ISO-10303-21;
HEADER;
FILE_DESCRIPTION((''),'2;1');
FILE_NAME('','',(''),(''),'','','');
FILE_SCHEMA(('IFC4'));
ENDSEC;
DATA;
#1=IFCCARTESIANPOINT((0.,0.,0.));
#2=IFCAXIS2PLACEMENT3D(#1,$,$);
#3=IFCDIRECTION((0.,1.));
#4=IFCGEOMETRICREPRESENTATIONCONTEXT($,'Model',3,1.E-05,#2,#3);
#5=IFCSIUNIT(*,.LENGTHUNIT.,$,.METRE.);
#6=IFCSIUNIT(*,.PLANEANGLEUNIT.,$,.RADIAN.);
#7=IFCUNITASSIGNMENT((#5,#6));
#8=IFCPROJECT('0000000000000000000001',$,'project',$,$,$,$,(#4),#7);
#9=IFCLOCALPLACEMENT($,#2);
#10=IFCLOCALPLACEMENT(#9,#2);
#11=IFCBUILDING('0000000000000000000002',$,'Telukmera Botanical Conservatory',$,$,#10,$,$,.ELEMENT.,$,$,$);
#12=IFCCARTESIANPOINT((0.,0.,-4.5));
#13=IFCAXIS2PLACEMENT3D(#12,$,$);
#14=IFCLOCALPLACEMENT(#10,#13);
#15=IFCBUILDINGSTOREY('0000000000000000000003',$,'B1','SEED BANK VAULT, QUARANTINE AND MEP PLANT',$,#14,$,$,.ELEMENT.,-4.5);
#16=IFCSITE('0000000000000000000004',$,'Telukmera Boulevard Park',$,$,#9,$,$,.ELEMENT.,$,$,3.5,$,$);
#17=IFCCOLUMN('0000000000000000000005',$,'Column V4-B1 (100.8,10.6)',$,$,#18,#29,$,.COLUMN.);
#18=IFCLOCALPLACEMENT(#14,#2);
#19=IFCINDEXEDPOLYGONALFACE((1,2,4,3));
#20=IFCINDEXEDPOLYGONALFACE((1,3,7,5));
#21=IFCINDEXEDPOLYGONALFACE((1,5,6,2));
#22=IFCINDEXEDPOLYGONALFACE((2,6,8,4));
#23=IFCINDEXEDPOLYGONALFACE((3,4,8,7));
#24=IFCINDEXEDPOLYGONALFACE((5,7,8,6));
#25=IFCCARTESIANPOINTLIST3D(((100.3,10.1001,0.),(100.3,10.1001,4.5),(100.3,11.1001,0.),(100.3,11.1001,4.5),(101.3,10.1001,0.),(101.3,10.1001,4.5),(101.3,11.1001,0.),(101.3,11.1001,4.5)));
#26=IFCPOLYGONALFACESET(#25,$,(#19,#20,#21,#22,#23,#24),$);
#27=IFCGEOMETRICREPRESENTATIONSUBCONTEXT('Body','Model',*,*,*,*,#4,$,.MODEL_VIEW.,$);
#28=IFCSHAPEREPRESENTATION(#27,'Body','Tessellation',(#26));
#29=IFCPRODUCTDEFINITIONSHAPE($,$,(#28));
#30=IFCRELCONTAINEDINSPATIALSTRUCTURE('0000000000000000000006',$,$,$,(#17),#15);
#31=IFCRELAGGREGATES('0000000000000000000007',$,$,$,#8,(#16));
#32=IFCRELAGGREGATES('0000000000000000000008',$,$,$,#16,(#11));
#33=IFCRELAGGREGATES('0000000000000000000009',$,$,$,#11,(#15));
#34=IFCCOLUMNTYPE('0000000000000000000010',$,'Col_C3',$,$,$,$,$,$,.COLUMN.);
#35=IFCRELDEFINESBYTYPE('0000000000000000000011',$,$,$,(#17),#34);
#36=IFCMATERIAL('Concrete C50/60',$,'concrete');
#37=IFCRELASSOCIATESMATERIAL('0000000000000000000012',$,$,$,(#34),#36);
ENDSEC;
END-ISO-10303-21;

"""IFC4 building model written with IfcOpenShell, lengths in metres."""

from ifc_helpers import new_model, si_unit, direction, frame, origin, origin_2d, place, context, subcontext, project, spatial, rectangle, extrude, material, material_profile, profile_set, type_object, element, save


model = new_model("IFC4")

# Units and contexts
model_context = context("Model", 3, precision=1e-05, world=origin(), true_north=direction((0.0, 1.0)))
body_context = subcontext(model_context, "Body", "Model", "MODEL_VIEW")
ifc_project = project(units=[si_unit("LENGTHUNIT", "METRE"), si_unit("PLANEANGLEUNIT", "RADIAN")], contexts=[model_context])

# Site, building, storey
site_placement = place(None, origin())
site = spatial("IfcSite", under=ifc_project, at=site_placement, Name="Telukmera Boulevard Park", CompositionType="ELEMENT", RefElevation=3.5)
building_placement = place(site_placement, origin())
building = spatial("IfcBuilding", under=site, at=building_placement, Name="Telukmera Botanical Conservatory", CompositionType="ELEMENT")
storey_placement = place(building_placement, frame((0.0, 0.0, -4.5)))
storey = spatial("IfcBuildingStorey", under=building, at=storey_placement, Name="B1", Description="SEED BANK VAULT, QUARANTINE AND MEP PLANT", CompositionType="ELEMENT", Elevation=-4.5)

# Shared definitions
ifc_material_1 = material(Name="Concrete C50/60", Category="concrete")

# Column
ifc_material_profile_1 = material_profile(ifc_material_1, rectangle(XDim=1.0, YDim=1.0, at=origin_2d()), Name="RC 1000x1000")
ifc_profile_set_1 = profile_set([ifc_material_profile_1], Name="Concrete C50/60")
column_type_1 = type_object("IfcColumnType", Name="Col_C3", PredefinedType="COLUMN", material=ifc_profile_set_1)
for number, where, z_axis, x_axis, name in (
    (1, (100.8, 10.6001, 0.0), (0.0, 0.0, 1.0), (1.0, 0.0, 0.0), "Column V4-B1 (100.8,10.6)"),
):
    element("IfcColumn", number, at=place(storey_placement, frame(where, z_axis=z_axis, x_axis=x_axis)), inside=storey, type_object=column_type_1, Name=name, PredefinedType="COLUMN", context=body_context, shape_type="SweptSolid", body=[
        extrude(rectangle(XDim=1.0, YDim=1.0, at=origin_2d()), origin(), (0.0, 0.0, 1.0), 4.5),
    ])

save(model, "model.ifc")
